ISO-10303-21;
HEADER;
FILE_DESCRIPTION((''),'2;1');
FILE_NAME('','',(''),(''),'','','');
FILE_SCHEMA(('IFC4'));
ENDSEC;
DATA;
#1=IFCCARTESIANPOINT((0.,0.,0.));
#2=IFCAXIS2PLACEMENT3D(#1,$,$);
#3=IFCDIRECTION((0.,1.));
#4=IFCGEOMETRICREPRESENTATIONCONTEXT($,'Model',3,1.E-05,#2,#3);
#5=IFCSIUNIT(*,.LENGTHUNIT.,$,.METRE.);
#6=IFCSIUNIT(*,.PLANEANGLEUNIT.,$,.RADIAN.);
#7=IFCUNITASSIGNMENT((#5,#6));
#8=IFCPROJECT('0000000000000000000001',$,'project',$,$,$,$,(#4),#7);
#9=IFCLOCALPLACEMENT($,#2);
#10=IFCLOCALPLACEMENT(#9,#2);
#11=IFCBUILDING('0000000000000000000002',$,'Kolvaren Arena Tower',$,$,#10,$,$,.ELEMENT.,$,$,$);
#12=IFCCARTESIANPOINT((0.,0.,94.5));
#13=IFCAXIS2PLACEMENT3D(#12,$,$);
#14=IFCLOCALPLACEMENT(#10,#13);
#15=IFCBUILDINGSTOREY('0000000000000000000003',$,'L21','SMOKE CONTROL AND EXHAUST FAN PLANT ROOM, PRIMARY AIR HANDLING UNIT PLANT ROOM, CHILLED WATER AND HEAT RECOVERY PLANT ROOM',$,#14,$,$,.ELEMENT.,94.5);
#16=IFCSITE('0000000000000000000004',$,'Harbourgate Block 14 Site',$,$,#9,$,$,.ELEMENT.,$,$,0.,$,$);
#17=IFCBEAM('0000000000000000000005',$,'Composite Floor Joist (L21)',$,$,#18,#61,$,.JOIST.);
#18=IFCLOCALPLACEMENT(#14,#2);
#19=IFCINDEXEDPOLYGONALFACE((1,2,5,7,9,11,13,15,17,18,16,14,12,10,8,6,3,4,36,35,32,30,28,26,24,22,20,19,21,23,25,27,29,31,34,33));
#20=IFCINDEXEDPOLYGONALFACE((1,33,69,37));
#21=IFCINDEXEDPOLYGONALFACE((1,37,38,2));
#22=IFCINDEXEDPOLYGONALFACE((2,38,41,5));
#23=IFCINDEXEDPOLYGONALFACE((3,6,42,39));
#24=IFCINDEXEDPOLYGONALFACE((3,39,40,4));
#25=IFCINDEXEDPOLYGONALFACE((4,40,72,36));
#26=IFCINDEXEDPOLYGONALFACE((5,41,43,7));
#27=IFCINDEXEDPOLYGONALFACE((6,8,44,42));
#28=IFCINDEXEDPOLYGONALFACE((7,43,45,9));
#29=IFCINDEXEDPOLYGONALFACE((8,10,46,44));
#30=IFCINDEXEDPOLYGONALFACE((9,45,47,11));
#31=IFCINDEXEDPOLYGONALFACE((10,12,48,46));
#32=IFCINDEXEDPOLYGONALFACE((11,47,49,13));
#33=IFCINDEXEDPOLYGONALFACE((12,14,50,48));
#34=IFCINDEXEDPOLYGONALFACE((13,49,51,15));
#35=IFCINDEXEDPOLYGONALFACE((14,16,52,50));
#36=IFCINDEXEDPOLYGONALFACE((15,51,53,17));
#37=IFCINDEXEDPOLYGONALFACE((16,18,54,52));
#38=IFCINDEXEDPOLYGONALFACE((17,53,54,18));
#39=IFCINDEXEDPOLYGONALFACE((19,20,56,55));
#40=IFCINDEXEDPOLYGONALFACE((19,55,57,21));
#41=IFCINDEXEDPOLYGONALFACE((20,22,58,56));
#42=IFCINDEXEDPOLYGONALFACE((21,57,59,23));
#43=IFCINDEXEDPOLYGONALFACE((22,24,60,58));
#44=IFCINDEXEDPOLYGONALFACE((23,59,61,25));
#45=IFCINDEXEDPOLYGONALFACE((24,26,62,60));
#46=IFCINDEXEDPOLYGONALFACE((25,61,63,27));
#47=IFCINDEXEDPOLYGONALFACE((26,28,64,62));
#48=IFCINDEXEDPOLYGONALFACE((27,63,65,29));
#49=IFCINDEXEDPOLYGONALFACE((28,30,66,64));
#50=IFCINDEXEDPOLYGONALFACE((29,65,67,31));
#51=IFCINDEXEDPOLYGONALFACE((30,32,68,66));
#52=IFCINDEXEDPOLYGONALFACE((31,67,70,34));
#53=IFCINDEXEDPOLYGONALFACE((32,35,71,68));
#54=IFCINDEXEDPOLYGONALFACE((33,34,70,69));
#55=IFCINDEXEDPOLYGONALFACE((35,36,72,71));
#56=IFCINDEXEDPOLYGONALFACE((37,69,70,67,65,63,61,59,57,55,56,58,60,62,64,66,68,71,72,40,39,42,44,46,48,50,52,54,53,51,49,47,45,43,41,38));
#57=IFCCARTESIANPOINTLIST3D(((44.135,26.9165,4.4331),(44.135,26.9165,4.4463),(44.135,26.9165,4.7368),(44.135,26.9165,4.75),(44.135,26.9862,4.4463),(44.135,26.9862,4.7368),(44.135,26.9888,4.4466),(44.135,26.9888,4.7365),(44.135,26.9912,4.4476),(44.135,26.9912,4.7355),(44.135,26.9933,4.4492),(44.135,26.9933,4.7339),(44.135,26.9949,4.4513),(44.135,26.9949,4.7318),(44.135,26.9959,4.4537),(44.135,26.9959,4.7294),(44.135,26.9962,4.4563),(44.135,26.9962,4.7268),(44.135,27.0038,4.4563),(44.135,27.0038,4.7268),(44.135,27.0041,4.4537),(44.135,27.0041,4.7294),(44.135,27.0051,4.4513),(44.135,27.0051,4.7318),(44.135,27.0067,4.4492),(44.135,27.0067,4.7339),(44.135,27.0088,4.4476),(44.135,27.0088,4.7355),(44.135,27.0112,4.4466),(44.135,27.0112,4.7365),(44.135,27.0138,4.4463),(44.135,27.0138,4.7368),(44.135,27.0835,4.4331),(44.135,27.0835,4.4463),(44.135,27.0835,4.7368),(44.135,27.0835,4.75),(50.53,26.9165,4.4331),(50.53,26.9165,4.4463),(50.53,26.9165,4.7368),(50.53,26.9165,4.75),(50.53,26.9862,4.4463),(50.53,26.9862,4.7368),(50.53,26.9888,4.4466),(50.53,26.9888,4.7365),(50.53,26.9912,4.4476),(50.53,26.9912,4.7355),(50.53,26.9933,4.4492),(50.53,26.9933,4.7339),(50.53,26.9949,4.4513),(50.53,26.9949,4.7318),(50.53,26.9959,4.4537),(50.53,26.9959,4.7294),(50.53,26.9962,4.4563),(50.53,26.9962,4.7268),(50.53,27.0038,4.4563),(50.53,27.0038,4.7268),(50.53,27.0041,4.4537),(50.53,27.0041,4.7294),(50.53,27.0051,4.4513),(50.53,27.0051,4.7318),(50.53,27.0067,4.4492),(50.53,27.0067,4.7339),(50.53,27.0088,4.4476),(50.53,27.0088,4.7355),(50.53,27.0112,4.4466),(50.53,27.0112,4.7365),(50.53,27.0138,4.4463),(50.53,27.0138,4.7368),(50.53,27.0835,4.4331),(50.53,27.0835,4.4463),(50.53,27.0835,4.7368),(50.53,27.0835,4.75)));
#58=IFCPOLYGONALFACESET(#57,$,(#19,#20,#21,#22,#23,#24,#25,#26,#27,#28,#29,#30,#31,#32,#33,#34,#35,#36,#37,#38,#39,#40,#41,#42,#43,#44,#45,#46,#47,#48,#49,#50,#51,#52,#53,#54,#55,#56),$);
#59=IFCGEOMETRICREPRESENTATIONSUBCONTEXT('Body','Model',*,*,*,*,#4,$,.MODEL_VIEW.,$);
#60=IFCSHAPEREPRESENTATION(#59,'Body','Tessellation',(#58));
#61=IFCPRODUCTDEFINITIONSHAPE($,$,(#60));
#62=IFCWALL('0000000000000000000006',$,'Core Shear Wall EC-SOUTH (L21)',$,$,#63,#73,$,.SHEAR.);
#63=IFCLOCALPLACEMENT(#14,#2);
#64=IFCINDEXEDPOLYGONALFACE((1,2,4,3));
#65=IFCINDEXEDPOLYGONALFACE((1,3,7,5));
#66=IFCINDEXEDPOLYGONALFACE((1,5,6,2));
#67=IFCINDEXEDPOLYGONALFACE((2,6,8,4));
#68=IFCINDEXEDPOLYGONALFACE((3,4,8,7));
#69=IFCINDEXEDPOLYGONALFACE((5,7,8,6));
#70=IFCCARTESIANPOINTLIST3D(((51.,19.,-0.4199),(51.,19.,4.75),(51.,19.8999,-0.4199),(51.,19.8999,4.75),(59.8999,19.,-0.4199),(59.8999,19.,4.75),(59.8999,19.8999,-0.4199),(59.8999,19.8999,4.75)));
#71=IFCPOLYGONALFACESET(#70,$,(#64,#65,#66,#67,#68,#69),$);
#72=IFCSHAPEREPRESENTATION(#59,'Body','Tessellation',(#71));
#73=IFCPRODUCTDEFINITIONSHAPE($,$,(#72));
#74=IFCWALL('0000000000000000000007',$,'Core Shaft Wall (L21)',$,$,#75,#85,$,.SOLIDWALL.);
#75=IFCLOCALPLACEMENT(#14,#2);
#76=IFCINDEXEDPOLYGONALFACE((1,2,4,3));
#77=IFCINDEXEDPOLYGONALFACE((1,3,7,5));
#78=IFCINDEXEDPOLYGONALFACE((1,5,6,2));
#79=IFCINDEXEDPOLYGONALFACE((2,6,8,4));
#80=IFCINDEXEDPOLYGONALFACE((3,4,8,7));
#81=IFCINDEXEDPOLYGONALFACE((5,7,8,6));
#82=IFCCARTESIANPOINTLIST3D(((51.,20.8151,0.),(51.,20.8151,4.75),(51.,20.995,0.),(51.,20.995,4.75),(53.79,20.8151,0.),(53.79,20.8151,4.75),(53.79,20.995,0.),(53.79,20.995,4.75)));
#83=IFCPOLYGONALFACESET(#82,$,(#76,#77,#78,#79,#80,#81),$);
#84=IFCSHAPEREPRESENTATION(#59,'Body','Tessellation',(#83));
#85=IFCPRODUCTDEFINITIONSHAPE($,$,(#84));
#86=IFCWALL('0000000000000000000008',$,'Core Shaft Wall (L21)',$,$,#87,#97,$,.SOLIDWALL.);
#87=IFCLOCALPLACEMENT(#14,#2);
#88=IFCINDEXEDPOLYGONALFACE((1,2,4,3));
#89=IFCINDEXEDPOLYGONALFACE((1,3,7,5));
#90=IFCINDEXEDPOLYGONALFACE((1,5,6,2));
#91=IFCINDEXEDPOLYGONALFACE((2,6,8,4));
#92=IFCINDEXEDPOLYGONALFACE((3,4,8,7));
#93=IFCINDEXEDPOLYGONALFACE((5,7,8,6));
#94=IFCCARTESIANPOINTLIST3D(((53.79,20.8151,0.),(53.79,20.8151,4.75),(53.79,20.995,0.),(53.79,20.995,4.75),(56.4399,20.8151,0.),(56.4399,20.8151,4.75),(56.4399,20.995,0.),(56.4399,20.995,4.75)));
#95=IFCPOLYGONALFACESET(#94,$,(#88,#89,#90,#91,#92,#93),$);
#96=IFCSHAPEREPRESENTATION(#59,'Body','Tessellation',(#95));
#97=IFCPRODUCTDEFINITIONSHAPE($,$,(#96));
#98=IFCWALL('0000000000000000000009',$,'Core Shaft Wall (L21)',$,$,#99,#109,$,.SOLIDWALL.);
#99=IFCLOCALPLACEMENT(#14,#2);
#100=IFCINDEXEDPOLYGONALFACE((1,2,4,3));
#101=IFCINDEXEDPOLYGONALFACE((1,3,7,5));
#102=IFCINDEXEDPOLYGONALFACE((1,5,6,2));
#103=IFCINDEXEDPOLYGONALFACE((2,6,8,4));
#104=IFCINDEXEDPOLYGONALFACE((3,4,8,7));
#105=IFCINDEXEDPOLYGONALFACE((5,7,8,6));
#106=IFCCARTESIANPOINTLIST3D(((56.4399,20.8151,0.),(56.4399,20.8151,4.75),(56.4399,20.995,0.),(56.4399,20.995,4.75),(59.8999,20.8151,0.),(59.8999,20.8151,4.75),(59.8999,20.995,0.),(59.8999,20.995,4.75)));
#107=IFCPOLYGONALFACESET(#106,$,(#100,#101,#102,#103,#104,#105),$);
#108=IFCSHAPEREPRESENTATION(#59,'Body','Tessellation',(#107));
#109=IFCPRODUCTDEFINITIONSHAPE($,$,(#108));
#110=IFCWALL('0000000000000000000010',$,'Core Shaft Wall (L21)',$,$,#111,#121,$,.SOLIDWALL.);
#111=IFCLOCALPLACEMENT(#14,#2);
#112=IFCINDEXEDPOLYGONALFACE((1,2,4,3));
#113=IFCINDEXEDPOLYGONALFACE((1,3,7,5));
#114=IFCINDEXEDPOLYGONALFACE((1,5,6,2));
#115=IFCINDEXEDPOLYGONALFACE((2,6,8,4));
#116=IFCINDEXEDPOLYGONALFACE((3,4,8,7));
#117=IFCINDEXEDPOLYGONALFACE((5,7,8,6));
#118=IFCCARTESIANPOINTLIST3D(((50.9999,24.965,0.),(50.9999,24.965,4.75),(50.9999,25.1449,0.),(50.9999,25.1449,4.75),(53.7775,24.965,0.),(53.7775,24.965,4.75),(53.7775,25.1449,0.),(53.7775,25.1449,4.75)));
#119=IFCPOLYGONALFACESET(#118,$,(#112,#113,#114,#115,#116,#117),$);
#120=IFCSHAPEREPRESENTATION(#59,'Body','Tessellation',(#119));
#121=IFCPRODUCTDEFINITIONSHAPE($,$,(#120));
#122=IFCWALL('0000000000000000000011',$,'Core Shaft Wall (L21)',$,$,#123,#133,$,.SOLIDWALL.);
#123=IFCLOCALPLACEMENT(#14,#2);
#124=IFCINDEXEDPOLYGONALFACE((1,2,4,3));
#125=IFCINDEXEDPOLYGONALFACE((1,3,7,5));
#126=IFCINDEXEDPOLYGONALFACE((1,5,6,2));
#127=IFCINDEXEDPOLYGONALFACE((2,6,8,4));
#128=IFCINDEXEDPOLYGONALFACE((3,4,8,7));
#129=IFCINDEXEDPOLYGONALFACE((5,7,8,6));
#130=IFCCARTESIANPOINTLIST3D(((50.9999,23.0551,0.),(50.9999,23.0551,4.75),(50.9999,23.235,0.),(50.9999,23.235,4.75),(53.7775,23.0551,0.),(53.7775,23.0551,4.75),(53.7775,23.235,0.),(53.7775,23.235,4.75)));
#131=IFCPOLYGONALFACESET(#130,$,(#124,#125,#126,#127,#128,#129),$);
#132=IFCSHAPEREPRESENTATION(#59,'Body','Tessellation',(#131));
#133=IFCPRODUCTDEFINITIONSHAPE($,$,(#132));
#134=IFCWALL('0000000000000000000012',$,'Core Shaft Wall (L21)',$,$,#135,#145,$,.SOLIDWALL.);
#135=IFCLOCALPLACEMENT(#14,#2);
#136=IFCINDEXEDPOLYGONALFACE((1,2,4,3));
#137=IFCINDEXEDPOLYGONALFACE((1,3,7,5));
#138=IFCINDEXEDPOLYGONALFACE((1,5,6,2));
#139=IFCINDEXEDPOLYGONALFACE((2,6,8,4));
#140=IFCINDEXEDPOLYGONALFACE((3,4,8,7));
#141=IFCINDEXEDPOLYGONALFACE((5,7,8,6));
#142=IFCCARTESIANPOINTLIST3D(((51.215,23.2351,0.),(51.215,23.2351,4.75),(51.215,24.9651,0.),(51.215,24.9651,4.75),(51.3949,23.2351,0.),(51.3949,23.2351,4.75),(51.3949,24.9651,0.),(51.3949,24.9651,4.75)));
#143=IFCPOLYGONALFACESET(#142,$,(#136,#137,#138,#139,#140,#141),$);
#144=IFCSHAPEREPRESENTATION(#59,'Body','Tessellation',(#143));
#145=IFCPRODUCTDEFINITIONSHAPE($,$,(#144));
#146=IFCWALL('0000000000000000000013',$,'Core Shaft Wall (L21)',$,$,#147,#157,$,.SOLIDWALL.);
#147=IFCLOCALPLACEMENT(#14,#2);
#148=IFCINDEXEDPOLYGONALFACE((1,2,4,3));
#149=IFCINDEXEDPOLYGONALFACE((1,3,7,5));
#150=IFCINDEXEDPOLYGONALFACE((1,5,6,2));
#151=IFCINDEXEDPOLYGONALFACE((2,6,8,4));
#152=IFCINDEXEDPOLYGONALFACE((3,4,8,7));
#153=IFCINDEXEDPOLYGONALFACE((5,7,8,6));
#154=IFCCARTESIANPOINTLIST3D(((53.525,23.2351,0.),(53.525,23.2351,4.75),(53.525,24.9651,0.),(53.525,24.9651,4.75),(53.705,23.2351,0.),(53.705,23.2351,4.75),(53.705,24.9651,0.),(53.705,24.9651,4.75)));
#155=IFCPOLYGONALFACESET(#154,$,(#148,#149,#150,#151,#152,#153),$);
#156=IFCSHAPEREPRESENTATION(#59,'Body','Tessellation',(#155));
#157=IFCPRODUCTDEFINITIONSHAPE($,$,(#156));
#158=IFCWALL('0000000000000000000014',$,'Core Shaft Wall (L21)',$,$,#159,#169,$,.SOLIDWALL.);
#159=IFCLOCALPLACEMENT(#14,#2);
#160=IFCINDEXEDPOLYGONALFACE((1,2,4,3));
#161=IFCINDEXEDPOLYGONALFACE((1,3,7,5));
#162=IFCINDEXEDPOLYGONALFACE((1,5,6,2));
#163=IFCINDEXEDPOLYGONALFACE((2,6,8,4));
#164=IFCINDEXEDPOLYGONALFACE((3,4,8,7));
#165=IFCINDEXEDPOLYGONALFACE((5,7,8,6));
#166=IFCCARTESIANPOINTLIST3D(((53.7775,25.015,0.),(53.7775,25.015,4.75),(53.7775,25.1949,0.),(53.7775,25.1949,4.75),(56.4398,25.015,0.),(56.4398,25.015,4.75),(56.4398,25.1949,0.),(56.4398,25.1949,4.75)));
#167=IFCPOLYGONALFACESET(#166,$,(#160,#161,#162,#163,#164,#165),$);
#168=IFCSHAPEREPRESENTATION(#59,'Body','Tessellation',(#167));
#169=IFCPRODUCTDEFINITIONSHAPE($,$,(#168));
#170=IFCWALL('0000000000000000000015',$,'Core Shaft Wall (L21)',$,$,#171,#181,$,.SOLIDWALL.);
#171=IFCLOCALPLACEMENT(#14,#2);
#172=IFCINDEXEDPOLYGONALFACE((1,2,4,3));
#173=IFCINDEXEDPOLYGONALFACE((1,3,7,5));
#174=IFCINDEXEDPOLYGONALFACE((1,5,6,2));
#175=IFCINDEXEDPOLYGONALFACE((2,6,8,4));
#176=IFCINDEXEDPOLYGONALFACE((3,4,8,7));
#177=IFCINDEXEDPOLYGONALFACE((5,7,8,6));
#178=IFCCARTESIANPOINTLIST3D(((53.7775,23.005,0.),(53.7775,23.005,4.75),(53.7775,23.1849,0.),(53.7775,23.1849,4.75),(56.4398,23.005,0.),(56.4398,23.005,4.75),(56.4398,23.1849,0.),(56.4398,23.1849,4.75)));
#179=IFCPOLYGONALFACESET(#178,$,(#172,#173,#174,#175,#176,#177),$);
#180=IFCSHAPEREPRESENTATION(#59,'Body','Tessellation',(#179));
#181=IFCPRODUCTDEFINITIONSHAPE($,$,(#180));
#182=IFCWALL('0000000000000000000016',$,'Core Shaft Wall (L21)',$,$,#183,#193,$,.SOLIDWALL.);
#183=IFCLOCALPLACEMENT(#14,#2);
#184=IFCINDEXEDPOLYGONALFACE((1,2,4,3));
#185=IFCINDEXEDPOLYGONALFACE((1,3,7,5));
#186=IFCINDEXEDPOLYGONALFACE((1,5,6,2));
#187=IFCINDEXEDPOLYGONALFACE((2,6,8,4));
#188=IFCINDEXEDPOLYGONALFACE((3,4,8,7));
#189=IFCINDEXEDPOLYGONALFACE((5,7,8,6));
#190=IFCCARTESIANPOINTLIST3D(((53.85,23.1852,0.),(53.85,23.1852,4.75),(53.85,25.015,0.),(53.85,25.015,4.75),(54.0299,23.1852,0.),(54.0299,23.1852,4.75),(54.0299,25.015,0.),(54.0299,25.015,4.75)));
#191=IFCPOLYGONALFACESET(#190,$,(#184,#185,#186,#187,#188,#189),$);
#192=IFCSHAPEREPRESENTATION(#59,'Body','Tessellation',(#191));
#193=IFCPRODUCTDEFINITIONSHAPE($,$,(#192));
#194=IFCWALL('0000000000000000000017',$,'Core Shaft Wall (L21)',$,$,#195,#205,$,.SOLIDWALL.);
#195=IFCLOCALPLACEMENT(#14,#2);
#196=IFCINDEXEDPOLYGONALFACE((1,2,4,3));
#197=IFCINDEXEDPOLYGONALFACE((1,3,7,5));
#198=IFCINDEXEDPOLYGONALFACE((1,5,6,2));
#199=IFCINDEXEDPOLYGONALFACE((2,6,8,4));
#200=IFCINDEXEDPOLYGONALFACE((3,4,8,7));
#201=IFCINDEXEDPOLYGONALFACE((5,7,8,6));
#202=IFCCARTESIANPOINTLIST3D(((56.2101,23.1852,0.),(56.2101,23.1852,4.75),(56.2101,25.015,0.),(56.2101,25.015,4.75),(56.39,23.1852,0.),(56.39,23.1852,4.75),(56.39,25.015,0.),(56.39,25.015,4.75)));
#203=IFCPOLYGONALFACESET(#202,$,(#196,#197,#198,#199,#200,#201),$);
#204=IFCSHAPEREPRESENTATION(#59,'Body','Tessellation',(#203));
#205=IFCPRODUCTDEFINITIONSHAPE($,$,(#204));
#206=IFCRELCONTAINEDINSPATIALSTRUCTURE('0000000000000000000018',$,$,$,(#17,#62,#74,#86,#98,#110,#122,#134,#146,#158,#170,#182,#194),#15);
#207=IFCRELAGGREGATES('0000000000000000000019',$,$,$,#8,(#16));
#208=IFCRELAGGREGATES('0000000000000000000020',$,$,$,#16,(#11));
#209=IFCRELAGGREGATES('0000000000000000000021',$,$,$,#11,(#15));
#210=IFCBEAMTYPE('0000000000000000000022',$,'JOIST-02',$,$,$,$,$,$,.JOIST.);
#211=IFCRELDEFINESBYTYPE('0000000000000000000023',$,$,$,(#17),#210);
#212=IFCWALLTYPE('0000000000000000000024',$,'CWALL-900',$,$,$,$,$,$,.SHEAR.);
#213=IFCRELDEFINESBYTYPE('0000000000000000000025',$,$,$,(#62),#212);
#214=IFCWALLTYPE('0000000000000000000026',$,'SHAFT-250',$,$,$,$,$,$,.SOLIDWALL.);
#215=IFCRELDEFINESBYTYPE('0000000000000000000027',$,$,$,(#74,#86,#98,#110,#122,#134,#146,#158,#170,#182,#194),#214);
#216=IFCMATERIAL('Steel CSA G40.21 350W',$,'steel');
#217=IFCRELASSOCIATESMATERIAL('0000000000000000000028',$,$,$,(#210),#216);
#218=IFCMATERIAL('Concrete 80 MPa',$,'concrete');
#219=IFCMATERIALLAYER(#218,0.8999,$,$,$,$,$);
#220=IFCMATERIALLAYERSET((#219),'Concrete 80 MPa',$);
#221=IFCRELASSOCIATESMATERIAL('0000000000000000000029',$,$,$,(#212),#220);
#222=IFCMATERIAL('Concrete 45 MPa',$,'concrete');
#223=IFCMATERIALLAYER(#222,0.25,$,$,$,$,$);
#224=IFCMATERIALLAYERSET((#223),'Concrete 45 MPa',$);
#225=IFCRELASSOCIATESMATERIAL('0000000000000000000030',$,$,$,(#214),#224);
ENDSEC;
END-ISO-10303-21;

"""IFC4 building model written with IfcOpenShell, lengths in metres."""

from ifc_helpers import new_model, si_unit, direction, frame, frame_2d, origin, origin_2d, place, context, subcontext, project, spatial, rectangle, i_section, extrude, material, layer, layer_set, material_profile, profile_set, type_object, element, save


model = new_model("IFC4")

# Units and contexts
model_context = context("Model", 3, precision=1e-05, world=origin(), true_north=direction((0.0, 1.0)))
body_context = subcontext(model_context, "Body", "Model", "MODEL_VIEW")
ifc_project = project(units=[si_unit("LENGTHUNIT", "METRE"), si_unit("PLANEANGLEUNIT", "RADIAN")], contexts=[model_context])

# Site, building, storey
site_placement = place(None, origin())
site = spatial("IfcSite", under=ifc_project, at=site_placement, Name="Harbourgate Block 14 Site", CompositionType="ELEMENT", RefElevation=0.0)
building_placement = place(site_placement, origin())
building = spatial("IfcBuilding", under=site, at=building_placement, Name="Kolvaren Arena Tower", CompositionType="ELEMENT")
storey_placement = place(building_placement, frame((0.0, 0.0, 94.5)))
storey = spatial("IfcBuildingStorey", under=building, at=storey_placement, Name="L21", Description="SMOKE CONTROL AND EXHAUST FAN PLANT ROOM, PRIMARY AIR HANDLING UNIT PLANT ROOM, CHILLED WATER AND HEAT RECOVERY PLANT ROOM", CompositionType="ELEMENT", Elevation=94.5)

# Beam
ifc_material_1 = material(Name="Steel CSA G40.21 350W", Category="steel")
ifc_material_profile_1 = material_profile(ifc_material_1, i_section(OverallWidth=0.167, OverallDepth=0.3169, WebThickness=0.0076, FlangeThickness=0.0132, FilletRadius=0.01, at=origin_2d()), Name="W310x52")
ifc_profile_set_1 = profile_set([ifc_material_profile_1], Name="Steel CSA G40.21 350W")
beam_type_1 = type_object("IfcBeamType", Name="JOIST-02", PredefinedType="JOIST", material=ifc_profile_set_1)
for number, where, z_axis, x_axis, name in (
    (1, (44.135, 27.0, 4.5916), (1.0, 0.0, 0.0), (0.0, 1.0, 0.0), "Composite Floor Joist (L21)"),
):
    element("IfcBeam", number, at=place(storey_placement, frame(where, z_axis=z_axis, x_axis=x_axis)), inside=storey, type_object=beam_type_1, Name=name, PredefinedType="JOIST", context=body_context, shape_type="SweptSolid", body=[
        extrude(i_section(OverallWidth=0.167, OverallDepth=0.3169, WebThickness=0.0076, FlangeThickness=0.0132, FilletRadius=0.01, at=origin_2d()), origin(), (0.0, 0.0, 1.0), 6.395),
    ])

# Walls
ifc_material_2 = material(Name="Concrete 80 MPa", Category="concrete")
ifc_layer_1 = layer(ifc_material_2, 0.8999)
ifc_layer_set_1 = layer_set([ifc_layer_1], Name="Concrete 80 MPa")
wall_type_1 = type_object("IfcWallType", Name="CWALL-900", PredefinedType="SHEAR", material=ifc_layer_set_1)
wall_1_placement = place(storey_placement, frame((51.0, 19.45, -0.4199), z_axis=(0.0, 0.0, 1.0), x_axis=(1.0, 0.0, 0.0)))
element("IfcWall", 2, at=wall_1_placement, inside=storey, type_object=wall_type_1, Name="Core Shear Wall EC-SOUTH (L21)", PredefinedType="SHEAR", context=body_context, shape_type="SweptSolid", body=[
    extrude(rectangle(XDim=8.8999, YDim=0.8999, at=frame_2d((4.45, 0.0))), origin(), (0.0, 0.0, 1.0), 5.1699),
])
ifc_material_3 = material(Name="Concrete 45 MPa", Category="concrete")
ifc_layer_2 = layer(ifc_material_3, 0.25)
ifc_layer_set_2 = layer_set([ifc_layer_2], Name="Concrete 45 MPa")
wall_type_2 = type_object("IfcWallType", Name="SHAFT-250", PredefinedType="SOLIDWALL", material=ifc_layer_set_2)
wall_2_placement = place(storey_placement, frame((51.0, 20.905, 0.0), z_axis=(0.0, 0.0, 1.0), x_axis=(1.0, 0.0, 0.0)))
element("IfcWall", 3, at=wall_2_placement, inside=storey, type_object=wall_type_2, Name="Core Shaft Wall (L21)", PredefinedType="SOLIDWALL", context=body_context, shape_type="SweptSolid", body=[
    extrude(rectangle(XDim=2.79, YDim=0.1799, at=frame_2d((1.395, 0.0))), origin(), (0.0, 0.0, 1.0), 4.75),
])
wall_3_placement = place(storey_placement, frame((53.79, 20.905, 0.0), z_axis=(0.0, 0.0, 1.0), x_axis=(1.0, 0.0, 0.0)))
element("IfcWall", 4, at=wall_3_placement, inside=storey, type_object=wall_type_2, Name="Core Shaft Wall (L21)", PredefinedType="SOLIDWALL", context=body_context, shape_type="SweptSolid", body=[
    extrude(rectangle(XDim=2.6499, YDim=0.1799, at=frame_2d((1.325, 0.0))), origin(), (0.0, 0.0, 1.0), 4.75),
])
wall_4_placement = place(storey_placement, frame((56.4399, 20.905, 0.0), z_axis=(0.0, 0.0, 1.0), x_axis=(1.0, 0.0, 0.0)))
element("IfcWall", 5, at=wall_4_placement, inside=storey, type_object=wall_type_2, Name="Core Shaft Wall (L21)", PredefinedType="SOLIDWALL", context=body_context, shape_type="SweptSolid", body=[
    extrude(rectangle(XDim=3.46, YDim=0.1799, at=frame_2d((1.73, 0.0))), origin(), (0.0, 0.0, 1.0), 4.75),
])
for number, where, z_axis, x_axis, name in (
    (6, (51.0, 25.0549, 0.0), (0.0, 0.0, 1.0), (1.0, 0.0, 0.0), "Core Shaft Wall (L21)"),
    (7, (51.0, 23.145, 0.0), (0.0, 0.0, 1.0), (1.0, 0.0, 0.0), "Core Shaft Wall (L21)"),
):
    element("IfcWall", number, at=place(storey_placement, frame(where, z_axis=z_axis, x_axis=x_axis)), inside=storey, type_object=wall_type_2, Name=name, PredefinedType="SOLIDWALL", context=body_context, shape_type="SweptSolid", body=[
        extrude(rectangle(XDim=2.7776, YDim=0.1799, at=frame_2d((1.3887, 0.0))), origin(), (0.0, 0.0, 1.0), 4.75),
    ])
for number, where, z_axis, x_axis, name in (
    (8, (51.3049, 23.2351, 0.0), (0.0, 0.0, 1.0), (0.0, 1.0, 0.0), "Core Shaft Wall (L21)"),
    (9, (53.615, 23.2351, 0.0), (0.0, 0.0, 1.0), (0.0, 1.0, 0.0), "Core Shaft Wall (L21)"),
):
    element("IfcWall", number, at=place(storey_placement, frame(where, z_axis=z_axis, x_axis=x_axis)), inside=storey, type_object=wall_type_2, Name=name, PredefinedType="SOLIDWALL", context=body_context, shape_type="SweptSolid", body=[
        extrude(rectangle(XDim=1.73, YDim=0.1799, at=frame_2d((0.865, 0.0))), origin(), (0.0, 0.0, 1.0), 4.75),
    ])
for number, where, z_axis, x_axis, name in (
    (10, (53.7776, 25.105, 0.0), (0.0, 0.0, 1.0), (1.0, 0.0, 0.0), "Core Shaft Wall (L21)"),
    (11, (53.7776, 23.095, 0.0), (0.0, 0.0, 1.0), (1.0, 0.0, 0.0), "Core Shaft Wall (L21)"),
):
    element("IfcWall", number, at=place(storey_placement, frame(where, z_axis=z_axis, x_axis=x_axis)), inside=storey, type_object=wall_type_2, Name=name, PredefinedType="SOLIDWALL", context=body_context, shape_type="SweptSolid", body=[
        extrude(rectangle(XDim=2.6624, YDim=0.1799, at=frame_2d((1.3311, 0.0))), origin(), (0.0, 0.0, 1.0), 4.75),
    ])
for number, where, z_axis, x_axis, name in (
    (12, (53.9399, 23.1851, 0.0), (0.0, 0.0, 1.0), (0.0, 1.0, 0.0), "Core Shaft Wall (L21)"),
    (13, (56.3, 23.1851, 0.0), (0.0, 0.0, 1.0), (0.0, 1.0, 0.0), "Core Shaft Wall (L21)"),
):
    element("IfcWall", number, at=place(storey_placement, frame(where, z_axis=z_axis, x_axis=x_axis)), inside=storey, type_object=wall_type_2, Name=name, PredefinedType="SOLIDWALL", context=body_context, shape_type="SweptSolid", body=[
        extrude(rectangle(XDim=1.8298, YDim=0.1799, at=frame_2d((0.915, 0.0))), origin(), (0.0, 0.0, 1.0), 4.75),
    ])

save(model, "model.ifc")
